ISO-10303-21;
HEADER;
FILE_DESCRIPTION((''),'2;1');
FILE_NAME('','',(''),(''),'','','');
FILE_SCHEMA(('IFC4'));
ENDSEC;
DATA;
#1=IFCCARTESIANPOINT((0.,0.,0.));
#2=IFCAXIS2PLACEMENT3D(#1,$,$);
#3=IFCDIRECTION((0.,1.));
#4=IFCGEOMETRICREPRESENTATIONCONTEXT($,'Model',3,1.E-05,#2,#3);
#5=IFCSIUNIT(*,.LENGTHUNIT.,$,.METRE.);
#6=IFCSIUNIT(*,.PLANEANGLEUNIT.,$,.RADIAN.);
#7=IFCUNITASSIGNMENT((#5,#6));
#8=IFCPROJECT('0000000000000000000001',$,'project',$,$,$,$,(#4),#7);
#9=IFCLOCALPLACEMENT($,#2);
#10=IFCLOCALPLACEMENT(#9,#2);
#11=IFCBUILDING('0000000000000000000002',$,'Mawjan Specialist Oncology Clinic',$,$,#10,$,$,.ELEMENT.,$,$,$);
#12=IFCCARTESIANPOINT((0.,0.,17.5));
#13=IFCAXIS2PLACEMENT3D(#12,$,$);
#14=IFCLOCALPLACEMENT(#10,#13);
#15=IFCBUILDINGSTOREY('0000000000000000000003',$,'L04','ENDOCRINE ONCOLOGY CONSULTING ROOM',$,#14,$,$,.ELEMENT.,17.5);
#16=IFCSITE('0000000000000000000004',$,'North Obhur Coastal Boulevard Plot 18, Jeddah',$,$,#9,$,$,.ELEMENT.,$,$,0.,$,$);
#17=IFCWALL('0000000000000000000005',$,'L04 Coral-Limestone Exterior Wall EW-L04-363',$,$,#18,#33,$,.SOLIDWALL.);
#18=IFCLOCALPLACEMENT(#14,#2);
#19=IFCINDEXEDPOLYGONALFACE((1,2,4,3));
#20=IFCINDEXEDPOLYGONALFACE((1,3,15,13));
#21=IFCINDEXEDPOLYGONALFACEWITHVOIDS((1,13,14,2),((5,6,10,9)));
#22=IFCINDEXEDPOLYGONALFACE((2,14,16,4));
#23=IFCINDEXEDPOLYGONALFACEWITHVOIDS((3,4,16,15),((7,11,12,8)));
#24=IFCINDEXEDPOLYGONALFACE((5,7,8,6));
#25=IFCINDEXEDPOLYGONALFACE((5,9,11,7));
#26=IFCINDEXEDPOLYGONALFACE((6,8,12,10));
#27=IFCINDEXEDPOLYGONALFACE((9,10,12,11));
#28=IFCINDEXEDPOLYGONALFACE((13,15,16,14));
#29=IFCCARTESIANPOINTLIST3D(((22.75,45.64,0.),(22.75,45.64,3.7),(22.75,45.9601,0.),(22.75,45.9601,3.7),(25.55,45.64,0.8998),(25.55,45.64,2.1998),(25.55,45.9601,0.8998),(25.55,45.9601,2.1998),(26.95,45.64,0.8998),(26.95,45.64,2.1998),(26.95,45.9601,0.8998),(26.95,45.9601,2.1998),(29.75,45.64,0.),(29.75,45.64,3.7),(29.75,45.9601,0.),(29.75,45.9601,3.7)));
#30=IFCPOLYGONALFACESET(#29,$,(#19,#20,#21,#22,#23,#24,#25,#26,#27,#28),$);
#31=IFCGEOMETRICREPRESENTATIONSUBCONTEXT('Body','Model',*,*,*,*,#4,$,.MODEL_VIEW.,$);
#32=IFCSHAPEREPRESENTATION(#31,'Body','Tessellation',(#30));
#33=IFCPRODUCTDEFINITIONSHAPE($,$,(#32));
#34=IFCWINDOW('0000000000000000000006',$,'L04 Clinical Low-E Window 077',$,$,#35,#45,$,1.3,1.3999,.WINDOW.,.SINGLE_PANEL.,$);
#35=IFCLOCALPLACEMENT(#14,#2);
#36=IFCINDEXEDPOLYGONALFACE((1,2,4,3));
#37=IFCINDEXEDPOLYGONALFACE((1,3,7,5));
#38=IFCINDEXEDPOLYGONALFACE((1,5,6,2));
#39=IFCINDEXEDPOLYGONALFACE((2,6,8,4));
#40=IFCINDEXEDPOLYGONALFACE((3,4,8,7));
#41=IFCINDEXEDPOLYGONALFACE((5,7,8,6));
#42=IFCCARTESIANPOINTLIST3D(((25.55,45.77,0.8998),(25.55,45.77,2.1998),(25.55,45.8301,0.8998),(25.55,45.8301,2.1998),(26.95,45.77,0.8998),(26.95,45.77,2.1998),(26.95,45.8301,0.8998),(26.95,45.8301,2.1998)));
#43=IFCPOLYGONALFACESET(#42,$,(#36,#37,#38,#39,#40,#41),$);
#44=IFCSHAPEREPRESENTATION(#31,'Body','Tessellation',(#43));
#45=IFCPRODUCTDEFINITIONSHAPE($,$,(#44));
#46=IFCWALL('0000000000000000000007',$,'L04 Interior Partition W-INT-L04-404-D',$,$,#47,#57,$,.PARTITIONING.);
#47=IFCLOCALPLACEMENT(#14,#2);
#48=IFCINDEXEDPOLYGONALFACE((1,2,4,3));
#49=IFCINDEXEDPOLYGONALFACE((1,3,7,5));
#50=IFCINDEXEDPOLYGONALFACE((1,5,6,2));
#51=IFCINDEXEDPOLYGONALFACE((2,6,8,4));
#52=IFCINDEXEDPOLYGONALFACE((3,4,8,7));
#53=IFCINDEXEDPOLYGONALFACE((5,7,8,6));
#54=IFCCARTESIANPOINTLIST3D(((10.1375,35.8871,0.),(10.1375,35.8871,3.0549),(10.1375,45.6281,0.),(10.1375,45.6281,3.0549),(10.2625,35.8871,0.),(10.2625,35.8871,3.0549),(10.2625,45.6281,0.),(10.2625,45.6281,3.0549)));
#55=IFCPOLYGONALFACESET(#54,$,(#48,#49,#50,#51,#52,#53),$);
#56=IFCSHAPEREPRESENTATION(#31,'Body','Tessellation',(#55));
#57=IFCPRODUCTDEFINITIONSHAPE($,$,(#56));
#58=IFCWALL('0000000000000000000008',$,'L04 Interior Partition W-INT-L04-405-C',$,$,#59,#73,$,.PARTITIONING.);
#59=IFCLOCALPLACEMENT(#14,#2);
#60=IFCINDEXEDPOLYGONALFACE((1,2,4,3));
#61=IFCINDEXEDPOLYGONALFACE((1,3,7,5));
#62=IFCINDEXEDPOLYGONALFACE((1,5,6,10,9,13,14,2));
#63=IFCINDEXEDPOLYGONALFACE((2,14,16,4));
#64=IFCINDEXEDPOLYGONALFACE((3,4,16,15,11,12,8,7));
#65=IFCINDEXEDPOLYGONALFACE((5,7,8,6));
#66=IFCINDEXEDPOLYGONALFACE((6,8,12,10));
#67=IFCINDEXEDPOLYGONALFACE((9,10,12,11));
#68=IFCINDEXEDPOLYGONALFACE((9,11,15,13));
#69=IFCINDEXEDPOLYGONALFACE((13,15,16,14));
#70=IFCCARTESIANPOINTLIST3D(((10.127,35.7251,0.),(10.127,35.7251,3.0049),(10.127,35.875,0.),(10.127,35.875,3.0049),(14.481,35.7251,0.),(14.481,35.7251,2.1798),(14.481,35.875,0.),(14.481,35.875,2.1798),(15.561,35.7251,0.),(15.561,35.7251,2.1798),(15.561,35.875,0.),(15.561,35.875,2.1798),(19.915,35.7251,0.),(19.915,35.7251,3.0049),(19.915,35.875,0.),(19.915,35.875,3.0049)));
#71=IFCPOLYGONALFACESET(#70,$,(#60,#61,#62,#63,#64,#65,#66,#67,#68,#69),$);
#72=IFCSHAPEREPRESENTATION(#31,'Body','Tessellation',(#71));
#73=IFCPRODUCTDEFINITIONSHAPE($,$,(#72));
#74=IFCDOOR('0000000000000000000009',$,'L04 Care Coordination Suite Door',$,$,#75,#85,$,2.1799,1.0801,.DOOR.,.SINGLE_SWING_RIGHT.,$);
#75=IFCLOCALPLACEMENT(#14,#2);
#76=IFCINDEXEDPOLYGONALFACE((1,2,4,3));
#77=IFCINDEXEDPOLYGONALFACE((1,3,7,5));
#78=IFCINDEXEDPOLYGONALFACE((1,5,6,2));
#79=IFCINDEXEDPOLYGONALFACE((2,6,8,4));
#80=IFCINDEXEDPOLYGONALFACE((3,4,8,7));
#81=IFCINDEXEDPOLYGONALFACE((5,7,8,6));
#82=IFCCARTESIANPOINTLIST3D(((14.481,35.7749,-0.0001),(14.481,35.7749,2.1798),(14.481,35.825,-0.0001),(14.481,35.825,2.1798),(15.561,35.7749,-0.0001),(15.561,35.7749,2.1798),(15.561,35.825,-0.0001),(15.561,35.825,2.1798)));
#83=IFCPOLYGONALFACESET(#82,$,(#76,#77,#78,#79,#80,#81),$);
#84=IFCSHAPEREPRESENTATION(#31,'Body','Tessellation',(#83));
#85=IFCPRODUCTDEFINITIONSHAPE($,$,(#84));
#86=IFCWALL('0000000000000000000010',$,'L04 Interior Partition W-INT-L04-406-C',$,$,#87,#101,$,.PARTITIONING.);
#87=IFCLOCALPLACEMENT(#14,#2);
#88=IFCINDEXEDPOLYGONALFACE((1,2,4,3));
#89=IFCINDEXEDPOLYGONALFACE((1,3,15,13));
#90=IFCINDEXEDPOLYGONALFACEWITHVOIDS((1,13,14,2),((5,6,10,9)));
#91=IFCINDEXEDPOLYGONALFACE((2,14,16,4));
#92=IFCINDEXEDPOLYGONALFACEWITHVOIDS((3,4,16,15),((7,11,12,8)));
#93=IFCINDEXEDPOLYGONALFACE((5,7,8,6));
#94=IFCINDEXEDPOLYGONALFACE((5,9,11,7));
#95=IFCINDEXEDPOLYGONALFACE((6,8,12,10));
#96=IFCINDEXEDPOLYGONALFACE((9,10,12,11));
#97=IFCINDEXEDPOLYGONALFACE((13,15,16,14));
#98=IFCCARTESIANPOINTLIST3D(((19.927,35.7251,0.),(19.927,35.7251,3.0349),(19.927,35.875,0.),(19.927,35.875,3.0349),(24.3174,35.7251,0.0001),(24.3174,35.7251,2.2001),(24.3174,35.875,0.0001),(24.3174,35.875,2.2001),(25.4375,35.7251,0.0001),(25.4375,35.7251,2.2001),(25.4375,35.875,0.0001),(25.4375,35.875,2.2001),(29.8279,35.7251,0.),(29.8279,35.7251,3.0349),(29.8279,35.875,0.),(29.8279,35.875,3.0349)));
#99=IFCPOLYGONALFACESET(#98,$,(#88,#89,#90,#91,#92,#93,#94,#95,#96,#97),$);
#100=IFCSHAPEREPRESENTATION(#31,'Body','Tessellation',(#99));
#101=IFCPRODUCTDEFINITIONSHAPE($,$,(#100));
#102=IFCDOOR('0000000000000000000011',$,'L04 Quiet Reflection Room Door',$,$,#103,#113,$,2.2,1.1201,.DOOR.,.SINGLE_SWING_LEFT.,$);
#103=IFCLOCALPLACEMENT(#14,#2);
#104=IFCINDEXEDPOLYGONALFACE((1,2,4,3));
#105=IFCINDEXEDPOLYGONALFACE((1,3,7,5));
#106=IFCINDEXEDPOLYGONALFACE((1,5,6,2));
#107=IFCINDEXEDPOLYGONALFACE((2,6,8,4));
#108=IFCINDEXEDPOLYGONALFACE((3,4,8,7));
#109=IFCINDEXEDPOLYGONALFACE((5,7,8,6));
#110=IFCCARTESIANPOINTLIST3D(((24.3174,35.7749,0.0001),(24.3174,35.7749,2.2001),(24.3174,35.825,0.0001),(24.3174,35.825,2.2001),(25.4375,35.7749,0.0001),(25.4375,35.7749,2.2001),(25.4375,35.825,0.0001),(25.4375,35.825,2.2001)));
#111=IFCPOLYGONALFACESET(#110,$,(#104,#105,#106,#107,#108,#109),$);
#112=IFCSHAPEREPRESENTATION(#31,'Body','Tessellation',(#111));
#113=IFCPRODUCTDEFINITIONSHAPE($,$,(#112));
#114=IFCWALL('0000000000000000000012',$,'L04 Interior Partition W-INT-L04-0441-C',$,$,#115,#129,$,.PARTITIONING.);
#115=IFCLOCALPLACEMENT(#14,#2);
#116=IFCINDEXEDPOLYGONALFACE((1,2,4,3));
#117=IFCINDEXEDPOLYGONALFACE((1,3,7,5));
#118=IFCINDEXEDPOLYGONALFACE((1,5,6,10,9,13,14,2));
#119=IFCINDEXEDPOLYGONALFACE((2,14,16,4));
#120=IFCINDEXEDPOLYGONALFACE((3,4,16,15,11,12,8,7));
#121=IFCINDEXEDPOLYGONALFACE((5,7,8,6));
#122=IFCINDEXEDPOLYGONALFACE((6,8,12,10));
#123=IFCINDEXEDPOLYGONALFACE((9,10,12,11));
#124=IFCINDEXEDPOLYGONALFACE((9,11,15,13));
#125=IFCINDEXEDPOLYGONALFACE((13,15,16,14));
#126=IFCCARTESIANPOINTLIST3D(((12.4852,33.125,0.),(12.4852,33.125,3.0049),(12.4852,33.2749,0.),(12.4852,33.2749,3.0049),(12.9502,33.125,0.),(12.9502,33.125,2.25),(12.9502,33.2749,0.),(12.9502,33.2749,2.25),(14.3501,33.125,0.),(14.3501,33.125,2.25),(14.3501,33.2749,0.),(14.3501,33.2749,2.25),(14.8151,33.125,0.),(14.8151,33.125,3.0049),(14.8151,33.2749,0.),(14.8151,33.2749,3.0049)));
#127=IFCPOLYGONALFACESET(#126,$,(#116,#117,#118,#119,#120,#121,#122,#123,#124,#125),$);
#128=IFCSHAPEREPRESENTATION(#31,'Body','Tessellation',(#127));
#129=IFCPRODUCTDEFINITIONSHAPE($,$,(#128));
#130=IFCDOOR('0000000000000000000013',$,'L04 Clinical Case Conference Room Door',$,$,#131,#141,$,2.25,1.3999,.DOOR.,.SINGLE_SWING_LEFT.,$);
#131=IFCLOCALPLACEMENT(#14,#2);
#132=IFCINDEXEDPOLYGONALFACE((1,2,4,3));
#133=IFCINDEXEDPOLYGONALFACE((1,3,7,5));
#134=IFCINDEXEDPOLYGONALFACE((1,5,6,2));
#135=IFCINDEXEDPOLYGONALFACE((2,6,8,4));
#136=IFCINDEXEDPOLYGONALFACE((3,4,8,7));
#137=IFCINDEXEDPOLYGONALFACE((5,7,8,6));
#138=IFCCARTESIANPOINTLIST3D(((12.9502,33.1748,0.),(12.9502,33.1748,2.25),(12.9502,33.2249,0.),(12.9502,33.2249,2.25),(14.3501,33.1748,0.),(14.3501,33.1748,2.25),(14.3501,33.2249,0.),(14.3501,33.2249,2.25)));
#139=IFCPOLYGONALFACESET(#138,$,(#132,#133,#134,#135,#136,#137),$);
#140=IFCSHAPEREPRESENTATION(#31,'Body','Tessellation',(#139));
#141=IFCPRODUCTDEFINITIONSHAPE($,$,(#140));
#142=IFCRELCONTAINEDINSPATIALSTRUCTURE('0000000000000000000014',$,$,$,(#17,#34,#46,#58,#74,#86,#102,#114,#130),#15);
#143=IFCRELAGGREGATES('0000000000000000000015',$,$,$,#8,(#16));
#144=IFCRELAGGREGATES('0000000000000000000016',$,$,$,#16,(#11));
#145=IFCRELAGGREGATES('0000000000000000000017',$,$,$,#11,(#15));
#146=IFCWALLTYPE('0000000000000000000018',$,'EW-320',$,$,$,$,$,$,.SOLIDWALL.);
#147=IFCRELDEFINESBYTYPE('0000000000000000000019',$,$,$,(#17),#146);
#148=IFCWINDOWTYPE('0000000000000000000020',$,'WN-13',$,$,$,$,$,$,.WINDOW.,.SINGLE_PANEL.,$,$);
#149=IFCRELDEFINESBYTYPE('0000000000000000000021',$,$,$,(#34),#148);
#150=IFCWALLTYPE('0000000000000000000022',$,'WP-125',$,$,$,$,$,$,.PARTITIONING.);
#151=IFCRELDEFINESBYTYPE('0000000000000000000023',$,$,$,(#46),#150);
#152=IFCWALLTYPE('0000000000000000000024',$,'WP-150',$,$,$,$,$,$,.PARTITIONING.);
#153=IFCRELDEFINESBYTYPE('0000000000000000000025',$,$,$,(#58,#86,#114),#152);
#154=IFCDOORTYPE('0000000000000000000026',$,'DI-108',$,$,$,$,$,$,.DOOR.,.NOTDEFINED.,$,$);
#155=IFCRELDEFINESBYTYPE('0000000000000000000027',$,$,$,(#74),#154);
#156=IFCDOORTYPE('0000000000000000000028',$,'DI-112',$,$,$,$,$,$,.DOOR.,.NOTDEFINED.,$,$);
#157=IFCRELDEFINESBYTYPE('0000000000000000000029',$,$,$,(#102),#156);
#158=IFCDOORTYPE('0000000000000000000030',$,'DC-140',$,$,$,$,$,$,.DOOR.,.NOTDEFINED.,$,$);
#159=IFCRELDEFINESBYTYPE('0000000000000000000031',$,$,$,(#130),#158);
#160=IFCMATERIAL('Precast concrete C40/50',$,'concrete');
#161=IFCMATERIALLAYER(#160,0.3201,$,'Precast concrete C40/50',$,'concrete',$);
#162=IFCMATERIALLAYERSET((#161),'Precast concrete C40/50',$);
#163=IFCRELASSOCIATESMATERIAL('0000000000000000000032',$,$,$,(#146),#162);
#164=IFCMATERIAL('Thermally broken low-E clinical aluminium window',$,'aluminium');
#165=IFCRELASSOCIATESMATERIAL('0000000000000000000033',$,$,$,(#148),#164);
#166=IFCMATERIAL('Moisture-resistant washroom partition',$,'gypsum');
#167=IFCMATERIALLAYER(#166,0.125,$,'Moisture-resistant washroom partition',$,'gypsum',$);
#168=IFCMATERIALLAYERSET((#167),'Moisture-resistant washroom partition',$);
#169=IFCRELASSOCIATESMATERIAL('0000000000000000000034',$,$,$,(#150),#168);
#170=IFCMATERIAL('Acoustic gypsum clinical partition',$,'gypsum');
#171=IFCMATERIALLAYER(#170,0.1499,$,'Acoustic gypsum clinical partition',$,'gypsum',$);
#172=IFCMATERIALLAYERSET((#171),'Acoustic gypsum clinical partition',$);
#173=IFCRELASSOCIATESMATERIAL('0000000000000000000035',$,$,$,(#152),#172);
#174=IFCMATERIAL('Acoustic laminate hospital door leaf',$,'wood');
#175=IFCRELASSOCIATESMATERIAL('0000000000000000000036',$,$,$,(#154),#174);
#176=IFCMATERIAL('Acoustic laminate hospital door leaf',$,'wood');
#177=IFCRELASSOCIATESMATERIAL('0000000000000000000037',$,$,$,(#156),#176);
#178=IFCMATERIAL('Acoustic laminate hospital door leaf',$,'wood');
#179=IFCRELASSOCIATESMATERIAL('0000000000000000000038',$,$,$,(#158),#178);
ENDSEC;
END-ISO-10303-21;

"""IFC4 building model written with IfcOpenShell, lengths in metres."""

from ifc_helpers import new_model, si_unit, direction, frame, frame_2d, origin, place, context, subcontext, project, spatial, rectangle, extrude, material, layer, layer_set, type_object, element, fill, save


model = new_model("IFC4")

# Units and contexts
model_context = context("Model", 3, precision=1e-05, world=origin(), true_north=direction((0.0, 1.0)))
body_context = subcontext(model_context, "Body", "Model", "MODEL_VIEW")
ifc_project = project(units=[si_unit("LENGTHUNIT", "METRE"), si_unit("PLANEANGLEUNIT", "RADIAN")], contexts=[model_context])

# Site, building, storey
site_placement = place(None, origin())
site = spatial("IfcSite", under=ifc_project, at=site_placement, Name="North Obhur Coastal Boulevard Plot 18, Jeddah", CompositionType="ELEMENT", RefElevation=0.0)
building_placement = place(site_placement, origin())
building = spatial("IfcBuilding", under=site, at=building_placement, Name="Mawjan Specialist Oncology Clinic", CompositionType="ELEMENT")
storey_placement = place(building_placement, frame((0.0, 0.0, 17.5)))
storey = spatial("IfcBuildingStorey", under=building, at=storey_placement, Name="L04", Description="ENDOCRINE ONCOLOGY CONSULTING ROOM", CompositionType="ELEMENT", Elevation=17.5)

# Shared definitions
ifc_material_1 = material(Name="Precast concrete C40/50", Category="concrete")
ifc_layer_1 = layer(ifc_material_1, 0.3201, Name="Precast concrete C40/50", Category="concrete")
ifc_layer_set_1 = layer_set([ifc_layer_1], Name="Precast concrete C40/50")
wall_type_1 = type_object("IfcWallType", Name="EW-320", PredefinedType="SOLIDWALL", material=ifc_layer_set_1)

# Wall, opening, window
wall_1_placement = place(storey_placement, frame((22.75, 45.8, 0.0), z_axis=(0.0, 0.0, 1.0), x_axis=(1.0, 0.0, 0.0)))
wall_1 = element("IfcWall", 1, at=wall_1_placement, inside=storey, type_object=wall_type_1, Name="L04 Coral-Limestone Exterior Wall EW-L04-363", PredefinedType="SOLIDWALL", context=body_context, shape_type="SweptSolid", body=[
    extrude(rectangle(XDim=7.0, YDim=0.3201, at=frame_2d((3.5, 0.0))), origin(), (0.0, 0.0, 1.0), 3.7),
])
opening_1_placement = place(wall_1_placement, frame((2.8, 0.0, 0.8999)))
opening_1 = element("IfcOpeningElement", 2, at=opening_1_placement, cuts=wall_1, PredefinedType="OPENING", context=body_context, shape_type="SweptSolid", body=[
    extrude(rectangle(XDim=1.3999, YDim=1.3, at=frame_2d((0.7, 0.6499))), frame((0.0, 0.1721, 0.0), z_axis=(0.0, -1.0, 0.0), x_axis=(1.0, 0.0, 0.0)), (0.0, 0.0, 1.0), 0.344),
])
ifc_material_2 = material(Name="Thermally broken low-E clinical aluminium window", Category="aluminium")
window_type = type_object("IfcWindowType", Name="WN-13", PartitioningType="SINGLE_PANEL", PredefinedType="WINDOW", material=ifc_material_2)
window_placement = place(opening_1_placement, origin())
window = element("IfcWindow", 3, at=window_placement, inside=storey, type_object=window_type, Name="L04 Clinical Low-E Window 077", OverallHeight=1.3, OverallWidth=1.3999, PartitioningType="SINGLE_PANEL", PredefinedType="WINDOW", context=body_context, shape_type="SweptSolid", body=[
    extrude(rectangle(XDim=1.3999, YDim=1.3, at=frame_2d((0.7, 0.6499))), frame((0.0, 0.03, 0.0), z_axis=(0.0, -1.0, 0.0), x_axis=(1.0, 0.0, 0.0)), (0.0, 0.0, 1.0), 0.0601),
])
fill(opening_1, window)

# Wall
ifc_material_3 = material(Name="Moisture-resistant washroom partition", Category="gypsum")
ifc_layer_2 = layer(ifc_material_3, 0.125, Name="Moisture-resistant washroom partition", Category="gypsum")
ifc_layer_set_2 = layer_set([ifc_layer_2], Name="Moisture-resistant washroom partition")
wall_type_2 = type_object("IfcWallType", Name="WP-125", PredefinedType="PARTITIONING", material=ifc_layer_set_2)
wall_2_placement = place(storey_placement, frame((10.2, 35.887, 0.0), z_axis=(0.0, 0.0, 1.0), x_axis=(0.0, 1.0, 0.0)))
element("IfcWall", 4, at=wall_2_placement, inside=storey, type_object=wall_type_2, Name="L04 Interior Partition W-INT-L04-404-D", PredefinedType="PARTITIONING", context=body_context, shape_type="SweptSolid", body=[
    extrude(rectangle(XDim=9.741, YDim=0.125, at=frame_2d((4.8706, 0.0))), origin(), (0.0, 0.0, 1.0), 3.0549),
])

# Walls, openings, doors
ifc_material_4 = material(Name="Acoustic gypsum clinical partition", Category="gypsum")
ifc_layer_3 = layer(ifc_material_4, 0.1499, Name="Acoustic gypsum clinical partition", Category="gypsum")
ifc_layer_set_3 = layer_set([ifc_layer_3], Name="Acoustic gypsum clinical partition")
wall_type_3 = type_object("IfcWallType", Name="WP-150", PredefinedType="PARTITIONING", material=ifc_layer_set_3)
wall_3_placement = place(storey_placement, frame((10.127, 35.8, 0.0), z_axis=(0.0, 0.0, 1.0), x_axis=(1.0, 0.0, 0.0)))
wall_3 = element("IfcWall", 5, at=wall_3_placement, inside=storey, type_object=wall_type_3, Name="L04 Interior Partition W-INT-L04-405-C", PredefinedType="PARTITIONING", context=body_context, shape_type="SweptSolid", body=[
    extrude(rectangle(XDim=9.7881, YDim=0.1499, at=frame_2d((4.894, 0.0))), origin(), (0.0, 0.0, 1.0), 3.0049),
])
opening_2_placement = place(wall_3_placement, frame((4.354, 0.0, 0.0)))
opening_2 = element("IfcOpeningElement", 6, at=opening_2_placement, cuts=wall_3, PredefinedType="OPENING", context=body_context, shape_type="SweptSolid", body=[
    extrude(rectangle(XDim=1.0801, YDim=2.1799, at=frame_2d((0.54, 1.0898))), frame((0.0, 0.0869, 0.0), z_axis=(0.0, -1.0, 0.0), x_axis=(1.0, 0.0, 0.0)), (0.0, 0.0, 1.0), 0.1738),
])
ifc_material_5 = material(Name="Acoustic laminate hospital door leaf", Category="wood")
door_type_1 = type_object("IfcDoorType", Name="DI-108", OperationType="NOTDEFINED", PredefinedType="DOOR", material=ifc_material_5)
door_1_placement = place(opening_2_placement, origin())
door_1 = element("IfcDoor", 7, at=door_1_placement, inside=storey, type_object=door_type_1, Name="L04 Care Coordination Suite Door", OperationType="SINGLE_SWING_RIGHT", OverallHeight=2.1799, OverallWidth=1.0801, PredefinedType="DOOR", context=body_context, shape_type="SweptSolid", body=[
    extrude(rectangle(XDim=1.0801, YDim=2.1799, at=frame_2d((0.54, 1.0898))), frame((0.0, 0.0249, 0.0), z_axis=(0.0, -1.0, 0.0), x_axis=(1.0, 0.0, 0.0)), (0.0, 0.0, 1.0), 0.05),
])
fill(opening_2, door_1)
wall_4_placement = place(storey_placement, frame((19.927, 35.8, 0.0), z_axis=(0.0, 0.0, 1.0), x_axis=(1.0, 0.0, 0.0)))
wall_4 = element("IfcWall", 8, at=wall_4_placement, inside=storey, type_object=wall_type_3, Name="L04 Interior Partition W-INT-L04-406-C", PredefinedType="PARTITIONING", context=body_context, shape_type="SweptSolid", body=[
    extrude(rectangle(XDim=9.9009, YDim=0.1499, at=frame_2d((4.9504, 0.0))), origin(), (0.0, 0.0, 1.0), 3.0349),
])
opening_3_placement = place(wall_4_placement, frame((4.3904, 0.0, 0.0)))
opening_3 = element("IfcOpeningElement", 9, at=opening_3_placement, cuts=wall_4, PredefinedType="OPENING", context=body_context, shape_type="SweptSolid", body=[
    extrude(rectangle(XDim=1.1201, YDim=2.2, at=frame_2d((0.5601, 1.1001))), frame((0.0, 0.0869, 0.0), z_axis=(0.0, -1.0, 0.0), x_axis=(1.0, 0.0, 0.0)), (0.0, 0.0, 1.0), 0.1738),
])
ifc_material_6 = material(Name="Acoustic laminate hospital door leaf", Category="wood")
door_type_2 = type_object("IfcDoorType", Name="DI-112", OperationType="NOTDEFINED", PredefinedType="DOOR", material=ifc_material_6)
door_2_placement = place(opening_3_placement, origin())
door_2 = element("IfcDoor", 10, at=door_2_placement, inside=storey, type_object=door_type_2, Name="L04 Quiet Reflection Room Door", OperationType="SINGLE_SWING_LEFT", OverallHeight=2.2, OverallWidth=1.1201, PredefinedType="DOOR", context=body_context, shape_type="SweptSolid", body=[
    extrude(rectangle(XDim=1.1201, YDim=2.2, at=frame_2d((0.5601, 1.1001))), frame((0.0, 0.0249, 0.0), z_axis=(0.0, -1.0, 0.0), x_axis=(1.0, 0.0, 0.0)), (0.0, 0.0, 1.0), 0.05),
])
fill(opening_3, door_2)
wall_5_placement = place(storey_placement, frame((12.4851, 33.2, 0.0), z_axis=(0.0, 0.0, 1.0), x_axis=(1.0, 0.0, 0.0)))
wall_5 = element("IfcWall", 11, at=wall_5_placement, inside=storey, type_object=wall_type_3, Name="L04 Interior Partition W-INT-L04-0441-C", PredefinedType="PARTITIONING", context=body_context, shape_type="SweptSolid", body=[
    extrude(rectangle(XDim=2.3298, YDim=0.1499, at=frame_2d((1.165, 0.0))), origin(), (0.0, 0.0, 1.0), 3.0049),
])
opening_4_placement = place(wall_5_placement, frame((0.4651, 0.0, 0.0)))
opening_4 = element("IfcOpeningElement", 12, at=opening_4_placement, cuts=wall_5, PredefinedType="OPENING", context=body_context, shape_type="SweptSolid", body=[
    extrude(rectangle(XDim=1.3999, YDim=2.25, at=frame_2d((0.7, 1.125))), frame((0.0, 0.0869, 0.0), z_axis=(0.0, -1.0, 0.0), x_axis=(1.0, 0.0, 0.0)), (0.0, 0.0, 1.0), 0.1738),
])
ifc_material_7 = material(Name="Acoustic laminate hospital door leaf", Category="wood")
door_type_3 = type_object("IfcDoorType", Name="DC-140", OperationType="NOTDEFINED", PredefinedType="DOOR", material=ifc_material_7)
door_3_placement = place(opening_4_placement, origin())
door_3 = element("IfcDoor", 13, at=door_3_placement, inside=storey, type_object=door_type_3, Name="L04 Clinical Case Conference Room Door", OperationType="SINGLE_SWING_LEFT", OverallHeight=2.25, OverallWidth=1.3999, PredefinedType="DOOR", context=body_context, shape_type="SweptSolid", body=[
    extrude(rectangle(XDim=1.3999, YDim=2.25, at=frame_2d((0.7, 1.125))), frame((0.0, 0.0249, 0.0), z_axis=(0.0, -1.0, 0.0), x_axis=(1.0, 0.0, 0.0)), (0.0, 0.0, 1.0), 0.05),
])
fill(opening_4, door_3)

save(model, "model.ifc")
